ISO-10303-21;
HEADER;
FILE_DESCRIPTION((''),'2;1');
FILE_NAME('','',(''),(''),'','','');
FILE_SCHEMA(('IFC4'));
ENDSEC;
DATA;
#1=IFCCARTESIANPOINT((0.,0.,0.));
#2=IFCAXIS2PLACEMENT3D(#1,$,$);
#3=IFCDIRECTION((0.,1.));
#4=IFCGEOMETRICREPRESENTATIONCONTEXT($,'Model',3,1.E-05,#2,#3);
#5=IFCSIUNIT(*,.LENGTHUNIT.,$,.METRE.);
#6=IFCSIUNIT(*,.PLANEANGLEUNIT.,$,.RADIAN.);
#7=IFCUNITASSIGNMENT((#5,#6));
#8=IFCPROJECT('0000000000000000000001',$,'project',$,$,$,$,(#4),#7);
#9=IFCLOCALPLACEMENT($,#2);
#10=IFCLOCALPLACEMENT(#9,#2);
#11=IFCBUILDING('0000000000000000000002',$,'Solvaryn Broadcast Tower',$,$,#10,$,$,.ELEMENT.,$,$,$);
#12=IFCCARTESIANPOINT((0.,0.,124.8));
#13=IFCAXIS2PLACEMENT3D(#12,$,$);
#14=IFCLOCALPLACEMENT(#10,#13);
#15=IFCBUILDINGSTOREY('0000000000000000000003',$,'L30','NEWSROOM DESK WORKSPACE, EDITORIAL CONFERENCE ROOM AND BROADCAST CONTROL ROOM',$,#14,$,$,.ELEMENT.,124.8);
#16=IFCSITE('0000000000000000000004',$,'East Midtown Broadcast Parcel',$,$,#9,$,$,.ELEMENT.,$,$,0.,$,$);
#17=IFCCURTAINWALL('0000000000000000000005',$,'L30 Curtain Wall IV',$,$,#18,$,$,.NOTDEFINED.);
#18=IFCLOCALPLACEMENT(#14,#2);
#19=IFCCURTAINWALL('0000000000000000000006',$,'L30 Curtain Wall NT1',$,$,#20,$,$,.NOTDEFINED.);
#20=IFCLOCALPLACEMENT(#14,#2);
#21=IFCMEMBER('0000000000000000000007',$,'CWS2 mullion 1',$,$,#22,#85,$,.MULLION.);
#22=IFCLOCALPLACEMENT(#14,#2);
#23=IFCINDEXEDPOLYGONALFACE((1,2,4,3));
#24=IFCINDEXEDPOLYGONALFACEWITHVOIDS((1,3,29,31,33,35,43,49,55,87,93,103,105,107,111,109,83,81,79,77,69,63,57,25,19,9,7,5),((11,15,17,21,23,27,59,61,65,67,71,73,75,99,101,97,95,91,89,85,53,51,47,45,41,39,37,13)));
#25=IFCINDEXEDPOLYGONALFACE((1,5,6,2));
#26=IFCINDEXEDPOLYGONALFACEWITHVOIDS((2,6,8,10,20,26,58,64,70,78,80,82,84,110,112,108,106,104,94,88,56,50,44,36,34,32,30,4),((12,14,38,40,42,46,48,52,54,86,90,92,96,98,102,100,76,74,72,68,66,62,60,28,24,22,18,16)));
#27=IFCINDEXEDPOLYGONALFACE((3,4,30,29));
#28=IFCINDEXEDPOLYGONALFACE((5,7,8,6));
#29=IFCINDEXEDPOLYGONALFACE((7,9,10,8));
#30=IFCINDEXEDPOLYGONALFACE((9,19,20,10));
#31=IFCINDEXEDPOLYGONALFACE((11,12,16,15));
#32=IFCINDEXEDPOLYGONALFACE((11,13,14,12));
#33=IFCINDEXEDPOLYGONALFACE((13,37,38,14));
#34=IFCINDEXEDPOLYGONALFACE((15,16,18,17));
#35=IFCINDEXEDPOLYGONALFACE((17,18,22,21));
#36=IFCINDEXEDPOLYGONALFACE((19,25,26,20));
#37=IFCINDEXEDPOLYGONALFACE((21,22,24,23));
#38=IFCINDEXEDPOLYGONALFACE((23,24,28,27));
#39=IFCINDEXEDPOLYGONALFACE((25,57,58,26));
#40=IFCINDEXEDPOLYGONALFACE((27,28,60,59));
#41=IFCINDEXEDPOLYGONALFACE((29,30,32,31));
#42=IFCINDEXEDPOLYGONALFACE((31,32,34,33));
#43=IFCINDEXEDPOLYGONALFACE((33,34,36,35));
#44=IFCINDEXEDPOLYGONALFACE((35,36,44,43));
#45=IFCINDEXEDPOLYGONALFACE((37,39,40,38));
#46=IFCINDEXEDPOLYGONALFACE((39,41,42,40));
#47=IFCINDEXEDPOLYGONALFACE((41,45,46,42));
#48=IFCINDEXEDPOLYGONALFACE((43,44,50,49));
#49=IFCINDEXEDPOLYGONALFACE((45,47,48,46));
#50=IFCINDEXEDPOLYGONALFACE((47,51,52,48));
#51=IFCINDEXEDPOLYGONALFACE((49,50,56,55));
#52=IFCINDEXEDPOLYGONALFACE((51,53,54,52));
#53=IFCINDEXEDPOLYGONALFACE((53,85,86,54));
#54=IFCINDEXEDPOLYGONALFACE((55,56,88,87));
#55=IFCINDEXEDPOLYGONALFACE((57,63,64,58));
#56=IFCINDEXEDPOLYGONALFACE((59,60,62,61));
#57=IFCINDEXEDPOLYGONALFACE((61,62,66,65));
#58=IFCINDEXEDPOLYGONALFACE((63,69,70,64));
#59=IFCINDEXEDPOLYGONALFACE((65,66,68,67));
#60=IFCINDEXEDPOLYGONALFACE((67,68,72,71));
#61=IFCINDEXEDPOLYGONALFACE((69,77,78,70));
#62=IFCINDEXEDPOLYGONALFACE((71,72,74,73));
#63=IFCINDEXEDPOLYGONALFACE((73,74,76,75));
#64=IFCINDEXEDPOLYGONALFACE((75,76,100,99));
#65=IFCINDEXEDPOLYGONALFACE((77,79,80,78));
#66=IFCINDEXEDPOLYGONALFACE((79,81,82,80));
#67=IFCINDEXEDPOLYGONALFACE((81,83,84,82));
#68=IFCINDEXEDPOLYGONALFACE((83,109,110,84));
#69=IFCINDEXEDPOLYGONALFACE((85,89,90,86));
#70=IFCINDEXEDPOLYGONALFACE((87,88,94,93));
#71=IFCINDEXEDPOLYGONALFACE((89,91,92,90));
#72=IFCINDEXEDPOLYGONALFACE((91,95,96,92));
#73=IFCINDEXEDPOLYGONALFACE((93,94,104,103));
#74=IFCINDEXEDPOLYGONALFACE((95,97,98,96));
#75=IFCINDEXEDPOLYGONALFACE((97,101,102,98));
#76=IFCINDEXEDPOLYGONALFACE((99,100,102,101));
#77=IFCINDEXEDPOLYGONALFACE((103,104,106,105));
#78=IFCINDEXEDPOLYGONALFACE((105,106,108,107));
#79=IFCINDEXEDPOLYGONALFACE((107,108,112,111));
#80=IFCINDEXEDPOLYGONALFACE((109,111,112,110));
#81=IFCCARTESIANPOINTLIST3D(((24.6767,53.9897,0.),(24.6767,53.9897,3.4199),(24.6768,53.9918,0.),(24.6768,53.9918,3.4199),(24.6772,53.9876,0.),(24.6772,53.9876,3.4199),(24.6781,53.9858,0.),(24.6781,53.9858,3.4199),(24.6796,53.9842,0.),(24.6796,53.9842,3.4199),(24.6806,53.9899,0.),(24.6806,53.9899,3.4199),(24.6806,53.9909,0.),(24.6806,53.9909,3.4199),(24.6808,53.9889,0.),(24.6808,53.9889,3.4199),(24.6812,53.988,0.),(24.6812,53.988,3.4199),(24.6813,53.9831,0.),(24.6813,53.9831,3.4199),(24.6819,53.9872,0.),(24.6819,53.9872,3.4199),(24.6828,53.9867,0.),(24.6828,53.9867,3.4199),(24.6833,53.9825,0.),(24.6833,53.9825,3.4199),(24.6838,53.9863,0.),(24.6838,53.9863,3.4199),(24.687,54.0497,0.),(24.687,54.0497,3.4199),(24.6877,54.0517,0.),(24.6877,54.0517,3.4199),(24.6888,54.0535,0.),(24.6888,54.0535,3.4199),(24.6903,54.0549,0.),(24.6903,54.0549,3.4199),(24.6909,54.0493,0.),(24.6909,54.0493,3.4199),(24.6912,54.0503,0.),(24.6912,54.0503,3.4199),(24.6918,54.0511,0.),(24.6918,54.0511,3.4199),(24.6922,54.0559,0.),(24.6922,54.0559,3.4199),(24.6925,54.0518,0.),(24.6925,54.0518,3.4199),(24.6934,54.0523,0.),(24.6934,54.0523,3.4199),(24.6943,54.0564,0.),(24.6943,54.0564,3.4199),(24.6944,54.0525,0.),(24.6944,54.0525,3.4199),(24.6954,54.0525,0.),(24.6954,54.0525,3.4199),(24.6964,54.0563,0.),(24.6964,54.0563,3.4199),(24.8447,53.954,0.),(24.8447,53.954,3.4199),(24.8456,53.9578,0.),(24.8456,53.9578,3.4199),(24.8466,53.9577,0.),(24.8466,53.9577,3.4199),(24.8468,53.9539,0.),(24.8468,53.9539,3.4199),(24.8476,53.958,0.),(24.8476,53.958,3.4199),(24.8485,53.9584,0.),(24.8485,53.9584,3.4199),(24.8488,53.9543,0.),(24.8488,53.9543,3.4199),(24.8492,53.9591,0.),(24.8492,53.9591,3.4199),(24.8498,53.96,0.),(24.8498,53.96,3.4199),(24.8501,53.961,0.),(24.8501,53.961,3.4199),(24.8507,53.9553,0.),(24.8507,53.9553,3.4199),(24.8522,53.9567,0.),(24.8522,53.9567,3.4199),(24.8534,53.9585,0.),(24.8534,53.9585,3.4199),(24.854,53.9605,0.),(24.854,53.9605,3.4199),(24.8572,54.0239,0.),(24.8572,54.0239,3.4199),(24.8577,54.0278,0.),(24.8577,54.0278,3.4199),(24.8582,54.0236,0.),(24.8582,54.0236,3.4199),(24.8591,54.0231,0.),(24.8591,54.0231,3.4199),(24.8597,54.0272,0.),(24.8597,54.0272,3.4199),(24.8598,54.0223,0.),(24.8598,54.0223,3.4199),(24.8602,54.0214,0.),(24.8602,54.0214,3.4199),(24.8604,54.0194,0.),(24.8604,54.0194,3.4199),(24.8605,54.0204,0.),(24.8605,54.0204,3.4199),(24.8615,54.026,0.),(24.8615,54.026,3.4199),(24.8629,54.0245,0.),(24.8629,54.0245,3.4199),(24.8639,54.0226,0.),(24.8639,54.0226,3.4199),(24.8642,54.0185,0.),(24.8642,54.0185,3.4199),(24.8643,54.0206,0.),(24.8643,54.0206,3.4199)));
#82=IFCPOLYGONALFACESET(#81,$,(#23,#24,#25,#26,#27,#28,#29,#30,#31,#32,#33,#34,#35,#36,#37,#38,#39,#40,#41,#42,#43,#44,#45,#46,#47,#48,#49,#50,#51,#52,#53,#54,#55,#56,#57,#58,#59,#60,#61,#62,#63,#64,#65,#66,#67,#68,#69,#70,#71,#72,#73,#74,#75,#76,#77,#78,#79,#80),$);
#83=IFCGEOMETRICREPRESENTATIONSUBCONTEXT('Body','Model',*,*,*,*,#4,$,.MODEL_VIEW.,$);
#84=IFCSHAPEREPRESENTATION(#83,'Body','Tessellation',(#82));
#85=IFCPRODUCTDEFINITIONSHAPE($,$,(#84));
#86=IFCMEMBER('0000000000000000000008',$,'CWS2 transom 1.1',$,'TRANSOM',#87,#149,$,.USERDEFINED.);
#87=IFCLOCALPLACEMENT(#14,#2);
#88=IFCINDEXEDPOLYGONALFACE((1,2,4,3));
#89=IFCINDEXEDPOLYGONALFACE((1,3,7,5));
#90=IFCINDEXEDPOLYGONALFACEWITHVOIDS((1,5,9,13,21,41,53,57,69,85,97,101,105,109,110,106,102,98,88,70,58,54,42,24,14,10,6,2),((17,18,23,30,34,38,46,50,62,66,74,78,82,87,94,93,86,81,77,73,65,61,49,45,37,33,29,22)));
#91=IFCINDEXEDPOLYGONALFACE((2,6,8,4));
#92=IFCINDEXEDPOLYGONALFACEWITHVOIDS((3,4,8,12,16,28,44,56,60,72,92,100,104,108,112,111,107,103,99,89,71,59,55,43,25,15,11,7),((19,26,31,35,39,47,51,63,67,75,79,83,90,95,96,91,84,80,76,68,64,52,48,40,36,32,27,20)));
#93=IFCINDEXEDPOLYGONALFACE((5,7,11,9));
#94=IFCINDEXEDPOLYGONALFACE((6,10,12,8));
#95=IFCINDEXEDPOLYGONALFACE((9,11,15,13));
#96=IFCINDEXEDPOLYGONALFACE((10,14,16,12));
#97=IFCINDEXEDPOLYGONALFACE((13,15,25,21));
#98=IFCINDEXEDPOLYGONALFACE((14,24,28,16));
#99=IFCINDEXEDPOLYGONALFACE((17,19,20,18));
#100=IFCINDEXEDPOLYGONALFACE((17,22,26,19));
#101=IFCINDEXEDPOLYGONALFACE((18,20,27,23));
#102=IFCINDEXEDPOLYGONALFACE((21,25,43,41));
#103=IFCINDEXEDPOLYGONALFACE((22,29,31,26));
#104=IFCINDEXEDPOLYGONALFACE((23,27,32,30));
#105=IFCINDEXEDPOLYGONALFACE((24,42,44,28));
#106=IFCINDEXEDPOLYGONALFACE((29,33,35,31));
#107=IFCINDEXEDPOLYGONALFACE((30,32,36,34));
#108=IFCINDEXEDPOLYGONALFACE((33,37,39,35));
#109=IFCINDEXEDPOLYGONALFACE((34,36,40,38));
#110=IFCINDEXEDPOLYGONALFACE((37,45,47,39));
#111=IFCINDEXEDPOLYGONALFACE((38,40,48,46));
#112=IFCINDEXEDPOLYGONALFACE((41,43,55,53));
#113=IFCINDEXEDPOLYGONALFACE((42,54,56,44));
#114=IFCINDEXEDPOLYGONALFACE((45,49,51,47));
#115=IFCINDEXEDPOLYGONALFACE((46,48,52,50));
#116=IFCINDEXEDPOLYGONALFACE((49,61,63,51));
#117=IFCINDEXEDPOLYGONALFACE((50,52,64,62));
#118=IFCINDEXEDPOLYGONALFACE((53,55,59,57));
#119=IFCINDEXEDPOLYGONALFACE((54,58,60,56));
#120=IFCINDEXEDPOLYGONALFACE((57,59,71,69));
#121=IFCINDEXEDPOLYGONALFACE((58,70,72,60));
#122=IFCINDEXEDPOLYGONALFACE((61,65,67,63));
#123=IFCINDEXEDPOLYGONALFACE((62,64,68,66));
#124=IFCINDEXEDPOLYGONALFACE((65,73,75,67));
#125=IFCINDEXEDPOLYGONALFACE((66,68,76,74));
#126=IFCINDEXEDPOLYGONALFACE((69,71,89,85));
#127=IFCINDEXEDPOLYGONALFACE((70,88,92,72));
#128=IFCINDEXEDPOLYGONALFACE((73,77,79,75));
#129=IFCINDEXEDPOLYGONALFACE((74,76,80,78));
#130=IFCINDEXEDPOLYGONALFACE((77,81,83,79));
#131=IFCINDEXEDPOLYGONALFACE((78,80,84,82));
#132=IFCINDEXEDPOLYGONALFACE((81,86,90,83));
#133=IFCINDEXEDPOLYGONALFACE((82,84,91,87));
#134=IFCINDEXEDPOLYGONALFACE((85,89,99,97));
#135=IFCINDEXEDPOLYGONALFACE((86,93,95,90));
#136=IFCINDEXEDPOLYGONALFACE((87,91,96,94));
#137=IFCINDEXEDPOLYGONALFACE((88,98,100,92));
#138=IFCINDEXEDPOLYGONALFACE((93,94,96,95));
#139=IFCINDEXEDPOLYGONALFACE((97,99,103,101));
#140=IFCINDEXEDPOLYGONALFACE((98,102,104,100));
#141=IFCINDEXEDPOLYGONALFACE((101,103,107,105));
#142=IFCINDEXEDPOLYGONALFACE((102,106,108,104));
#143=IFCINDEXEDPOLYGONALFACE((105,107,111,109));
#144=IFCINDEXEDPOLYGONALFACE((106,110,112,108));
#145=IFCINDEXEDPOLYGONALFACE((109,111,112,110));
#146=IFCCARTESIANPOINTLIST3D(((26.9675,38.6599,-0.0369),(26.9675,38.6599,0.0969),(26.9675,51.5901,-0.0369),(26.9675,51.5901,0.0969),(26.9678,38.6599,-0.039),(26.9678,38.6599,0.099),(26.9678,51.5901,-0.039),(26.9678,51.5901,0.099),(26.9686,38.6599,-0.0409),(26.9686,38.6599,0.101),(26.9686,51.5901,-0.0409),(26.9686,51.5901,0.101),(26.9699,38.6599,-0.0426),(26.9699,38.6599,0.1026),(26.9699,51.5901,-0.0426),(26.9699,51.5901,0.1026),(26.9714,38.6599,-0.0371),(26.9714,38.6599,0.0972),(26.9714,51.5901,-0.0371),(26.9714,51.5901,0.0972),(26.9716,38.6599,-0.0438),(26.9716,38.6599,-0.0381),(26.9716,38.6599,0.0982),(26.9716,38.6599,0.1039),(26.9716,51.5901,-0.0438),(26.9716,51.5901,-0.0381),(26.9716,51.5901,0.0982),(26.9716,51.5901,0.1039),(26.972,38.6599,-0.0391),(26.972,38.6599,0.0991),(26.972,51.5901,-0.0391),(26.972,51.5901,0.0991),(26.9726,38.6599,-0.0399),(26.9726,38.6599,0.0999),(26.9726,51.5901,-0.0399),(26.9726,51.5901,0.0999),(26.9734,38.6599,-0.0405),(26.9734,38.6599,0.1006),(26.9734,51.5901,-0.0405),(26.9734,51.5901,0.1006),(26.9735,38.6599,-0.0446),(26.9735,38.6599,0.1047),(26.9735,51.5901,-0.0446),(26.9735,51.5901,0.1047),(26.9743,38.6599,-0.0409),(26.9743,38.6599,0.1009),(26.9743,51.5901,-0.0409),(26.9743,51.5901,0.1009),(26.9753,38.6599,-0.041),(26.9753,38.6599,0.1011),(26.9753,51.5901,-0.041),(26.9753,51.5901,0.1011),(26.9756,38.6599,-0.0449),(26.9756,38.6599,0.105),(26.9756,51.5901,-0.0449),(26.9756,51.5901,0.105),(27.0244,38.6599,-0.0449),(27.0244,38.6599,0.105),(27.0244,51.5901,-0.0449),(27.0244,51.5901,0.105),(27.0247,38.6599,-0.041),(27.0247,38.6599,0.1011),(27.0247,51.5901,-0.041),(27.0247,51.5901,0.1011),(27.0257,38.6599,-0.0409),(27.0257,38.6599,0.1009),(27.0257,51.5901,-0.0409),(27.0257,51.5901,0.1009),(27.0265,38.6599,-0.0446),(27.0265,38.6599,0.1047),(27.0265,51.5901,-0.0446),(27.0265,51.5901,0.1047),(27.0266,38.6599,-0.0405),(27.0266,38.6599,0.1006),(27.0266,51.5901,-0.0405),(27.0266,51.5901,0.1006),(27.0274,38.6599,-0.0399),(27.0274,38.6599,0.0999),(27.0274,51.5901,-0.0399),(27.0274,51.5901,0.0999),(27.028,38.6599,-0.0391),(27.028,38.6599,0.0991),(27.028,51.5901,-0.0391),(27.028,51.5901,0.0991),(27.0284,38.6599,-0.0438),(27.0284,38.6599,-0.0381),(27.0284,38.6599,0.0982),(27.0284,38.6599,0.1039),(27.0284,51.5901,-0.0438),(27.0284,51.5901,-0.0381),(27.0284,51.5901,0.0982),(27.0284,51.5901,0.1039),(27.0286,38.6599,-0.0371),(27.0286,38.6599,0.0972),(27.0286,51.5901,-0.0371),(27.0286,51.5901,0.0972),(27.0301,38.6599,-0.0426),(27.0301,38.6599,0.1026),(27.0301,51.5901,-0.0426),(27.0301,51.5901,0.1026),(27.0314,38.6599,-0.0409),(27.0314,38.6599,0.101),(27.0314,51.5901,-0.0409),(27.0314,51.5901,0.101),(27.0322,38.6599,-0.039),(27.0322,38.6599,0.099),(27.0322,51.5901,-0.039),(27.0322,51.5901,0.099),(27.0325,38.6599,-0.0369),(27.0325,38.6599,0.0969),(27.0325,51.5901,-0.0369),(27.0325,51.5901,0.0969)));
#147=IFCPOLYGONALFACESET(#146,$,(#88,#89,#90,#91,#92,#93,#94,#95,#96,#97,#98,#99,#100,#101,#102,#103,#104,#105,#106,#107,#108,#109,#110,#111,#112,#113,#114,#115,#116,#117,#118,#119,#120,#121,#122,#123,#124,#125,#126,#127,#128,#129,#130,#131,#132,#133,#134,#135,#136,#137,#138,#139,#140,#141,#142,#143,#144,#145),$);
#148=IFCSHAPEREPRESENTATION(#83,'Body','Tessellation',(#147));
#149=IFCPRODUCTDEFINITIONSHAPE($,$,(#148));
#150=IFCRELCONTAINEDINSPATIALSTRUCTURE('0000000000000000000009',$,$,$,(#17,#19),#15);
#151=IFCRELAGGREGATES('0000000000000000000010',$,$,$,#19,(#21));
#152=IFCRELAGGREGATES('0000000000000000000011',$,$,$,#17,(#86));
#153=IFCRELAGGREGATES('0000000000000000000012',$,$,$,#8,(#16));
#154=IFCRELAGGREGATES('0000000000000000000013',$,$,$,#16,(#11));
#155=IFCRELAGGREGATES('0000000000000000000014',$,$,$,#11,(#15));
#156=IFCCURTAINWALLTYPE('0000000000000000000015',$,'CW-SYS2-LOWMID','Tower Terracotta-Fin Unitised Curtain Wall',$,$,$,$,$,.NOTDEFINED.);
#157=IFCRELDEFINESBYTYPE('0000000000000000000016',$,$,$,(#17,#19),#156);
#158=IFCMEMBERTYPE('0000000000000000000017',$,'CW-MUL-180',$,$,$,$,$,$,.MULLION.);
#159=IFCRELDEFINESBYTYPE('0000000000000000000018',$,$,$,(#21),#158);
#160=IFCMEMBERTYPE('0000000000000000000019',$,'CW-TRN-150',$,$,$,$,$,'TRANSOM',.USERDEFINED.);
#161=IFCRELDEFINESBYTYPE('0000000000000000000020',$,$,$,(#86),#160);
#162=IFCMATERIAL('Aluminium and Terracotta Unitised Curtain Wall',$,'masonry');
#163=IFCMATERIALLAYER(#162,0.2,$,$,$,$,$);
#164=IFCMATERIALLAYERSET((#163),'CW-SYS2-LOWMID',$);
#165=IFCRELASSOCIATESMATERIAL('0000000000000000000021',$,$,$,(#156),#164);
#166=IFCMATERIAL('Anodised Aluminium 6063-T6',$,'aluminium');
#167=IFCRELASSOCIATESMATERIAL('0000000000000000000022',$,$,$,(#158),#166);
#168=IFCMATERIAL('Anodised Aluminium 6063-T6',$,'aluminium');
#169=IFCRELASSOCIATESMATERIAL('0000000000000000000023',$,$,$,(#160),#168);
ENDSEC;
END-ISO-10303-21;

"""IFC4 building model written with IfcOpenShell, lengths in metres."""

from ifc_helpers import new_model, si_unit, direction, frame, origin, origin_2d, place, context, subcontext, project, spatial, hollow_rectangle, extrude, material, layer, layer_set, material_profile, profile_set, type_object, element, aggregate, save


model = new_model("IFC4")

# Units and contexts
model_context = context("Model", 3, precision=1e-05, world=origin(), true_north=direction((0.0, 1.0)))
body_context = subcontext(model_context, "Body", "Model", "MODEL_VIEW")
ifc_project = project(units=[si_unit("LENGTHUNIT", "METRE"), si_unit("PLANEANGLEUNIT", "RADIAN")], contexts=[model_context])

# Site, building, storey
site_placement = place(None, origin())
site = spatial("IfcSite", under=ifc_project, at=site_placement, Name="East Midtown Broadcast Parcel", CompositionType="ELEMENT", RefElevation=0.0)
building_placement = place(site_placement, origin())
building = spatial("IfcBuilding", under=site, at=building_placement, Name="Solvaryn Broadcast Tower", CompositionType="ELEMENT")
storey_placement = place(building_placement, frame((0.0, 0.0, 124.8)))
storey = spatial("IfcBuildingStorey", under=building, at=storey_placement, Name="L30", Description="NEWSROOM DESK WORKSPACE, EDITORIAL CONFERENCE ROOM AND BROADCAST CONTROL ROOM", CompositionType="ELEMENT", Elevation=124.8)

# Curtain wall
ifc_material_1 = material(Name="Aluminium and Terracotta Unitised Curtain Wall", Category="masonry")
ifc_layer_1 = layer(ifc_material_1, 0.2)
ifc_layer_set_1 = layer_set([ifc_layer_1], Name="CW-SYS2-LOWMID")
curtain_wall_type = type_object("IfcCurtainWallType", Name="CW-SYS2-LOWMID", Description="Tower Terracotta-Fin Unitised Curtain Wall", PredefinedType="NOTDEFINED", material=ifc_layer_set_1)
curtain_wall_1_placement = place(storey_placement, origin())
curtain_wall_1 = element("IfcCurtainWall", 1, at=curtain_wall_1_placement, inside=storey, type_object=curtain_wall_type, Name="L30 Curtain Wall IV", PredefinedType="NOTDEFINED")
ifc_material_2 = material(Name="Anodised Aluminium 6063-T6", Category="aluminium")
ifc_material_profile_1 = material_profile(ifc_material_2, hollow_rectangle(XDim=0.075, YDim=0.1799, WallThickness=0.0039, InnerFilletRadius=0.0039, OuterFilletRadius=0.0081, at=origin_2d()))
ifc_profile_set_1 = profile_set([ifc_material_profile_1], Name="Anodised Aluminium 6063-T6")
member_type_1 = type_object("IfcMemberType", Name="CW-MUL-180", PredefinedType="MULLION", material=ifc_profile_set_1)

# Curtain wall, member
curtain_wall_2_placement = place(storey_placement, origin())
curtain_wall_2 = element("IfcCurtainWall", 2, at=curtain_wall_2_placement, inside=storey, type_object=curtain_wall_type, Name="L30 Curtain Wall NT1", PredefinedType="NOTDEFINED")
member_1_placement = place(storey_placement, frame((24.7705, 54.0051, 0.0), z_axis=(0.0, 0.0, 1.0), x_axis=(-0.173785, -0.984784, 0.0)))
member_1 = element("IfcMember", 3, at=member_1_placement, type_object=member_type_1, Name="CWS2 mullion 1", PredefinedType="MULLION", context=body_context, shape_type="SweptSolid", body=[
    extrude(hollow_rectangle(XDim=0.075, YDim=0.1799, WallThickness=0.0039, InnerFilletRadius=0.0039, OuterFilletRadius=0.0081, at=origin_2d()), origin(), (0.0, 0.0, 1.0), 3.4199),
])

# Member
ifc_material_3 = material(Name="Anodised Aluminium 6063-T6", Category="aluminium")
ifc_material_profile_2 = material_profile(ifc_material_3, hollow_rectangle(XDim=0.0649, YDim=0.1499, WallThickness=0.0039, InnerFilletRadius=0.0039, OuterFilletRadius=0.0081, at=origin_2d()))
ifc_profile_set_2 = profile_set([ifc_material_profile_2], Name="Anodised Aluminium 6063-T6")
member_type_2 = type_object("IfcMemberType", Name="CW-TRN-150", ElementType="TRANSOM", PredefinedType="USERDEFINED", material=ifc_profile_set_2)
member_2_placement = place(storey_placement, frame((27.0, 51.5901, 0.03), z_axis=(0.0, -1.0, 0.0), x_axis=(1.0, 0.0, 0.0)))
member_2 = element("IfcMember", 4, at=member_2_placement, type_object=member_type_2, Name="CWS2 transom 1.1", ObjectType="TRANSOM", PredefinedType="USERDEFINED", context=body_context, shape_type="SweptSolid", body=[
    extrude(hollow_rectangle(XDim=0.0649, YDim=0.1499, WallThickness=0.0039, InnerFilletRadius=0.0039, OuterFilletRadius=0.0081, at=origin_2d()), origin(), (0.0, 0.0, 1.0), 12.9302),
])
aggregate(curtain_wall_2, [member_1])

aggregate(curtain_wall_1, [member_2])

save(model, "model.ifc")
